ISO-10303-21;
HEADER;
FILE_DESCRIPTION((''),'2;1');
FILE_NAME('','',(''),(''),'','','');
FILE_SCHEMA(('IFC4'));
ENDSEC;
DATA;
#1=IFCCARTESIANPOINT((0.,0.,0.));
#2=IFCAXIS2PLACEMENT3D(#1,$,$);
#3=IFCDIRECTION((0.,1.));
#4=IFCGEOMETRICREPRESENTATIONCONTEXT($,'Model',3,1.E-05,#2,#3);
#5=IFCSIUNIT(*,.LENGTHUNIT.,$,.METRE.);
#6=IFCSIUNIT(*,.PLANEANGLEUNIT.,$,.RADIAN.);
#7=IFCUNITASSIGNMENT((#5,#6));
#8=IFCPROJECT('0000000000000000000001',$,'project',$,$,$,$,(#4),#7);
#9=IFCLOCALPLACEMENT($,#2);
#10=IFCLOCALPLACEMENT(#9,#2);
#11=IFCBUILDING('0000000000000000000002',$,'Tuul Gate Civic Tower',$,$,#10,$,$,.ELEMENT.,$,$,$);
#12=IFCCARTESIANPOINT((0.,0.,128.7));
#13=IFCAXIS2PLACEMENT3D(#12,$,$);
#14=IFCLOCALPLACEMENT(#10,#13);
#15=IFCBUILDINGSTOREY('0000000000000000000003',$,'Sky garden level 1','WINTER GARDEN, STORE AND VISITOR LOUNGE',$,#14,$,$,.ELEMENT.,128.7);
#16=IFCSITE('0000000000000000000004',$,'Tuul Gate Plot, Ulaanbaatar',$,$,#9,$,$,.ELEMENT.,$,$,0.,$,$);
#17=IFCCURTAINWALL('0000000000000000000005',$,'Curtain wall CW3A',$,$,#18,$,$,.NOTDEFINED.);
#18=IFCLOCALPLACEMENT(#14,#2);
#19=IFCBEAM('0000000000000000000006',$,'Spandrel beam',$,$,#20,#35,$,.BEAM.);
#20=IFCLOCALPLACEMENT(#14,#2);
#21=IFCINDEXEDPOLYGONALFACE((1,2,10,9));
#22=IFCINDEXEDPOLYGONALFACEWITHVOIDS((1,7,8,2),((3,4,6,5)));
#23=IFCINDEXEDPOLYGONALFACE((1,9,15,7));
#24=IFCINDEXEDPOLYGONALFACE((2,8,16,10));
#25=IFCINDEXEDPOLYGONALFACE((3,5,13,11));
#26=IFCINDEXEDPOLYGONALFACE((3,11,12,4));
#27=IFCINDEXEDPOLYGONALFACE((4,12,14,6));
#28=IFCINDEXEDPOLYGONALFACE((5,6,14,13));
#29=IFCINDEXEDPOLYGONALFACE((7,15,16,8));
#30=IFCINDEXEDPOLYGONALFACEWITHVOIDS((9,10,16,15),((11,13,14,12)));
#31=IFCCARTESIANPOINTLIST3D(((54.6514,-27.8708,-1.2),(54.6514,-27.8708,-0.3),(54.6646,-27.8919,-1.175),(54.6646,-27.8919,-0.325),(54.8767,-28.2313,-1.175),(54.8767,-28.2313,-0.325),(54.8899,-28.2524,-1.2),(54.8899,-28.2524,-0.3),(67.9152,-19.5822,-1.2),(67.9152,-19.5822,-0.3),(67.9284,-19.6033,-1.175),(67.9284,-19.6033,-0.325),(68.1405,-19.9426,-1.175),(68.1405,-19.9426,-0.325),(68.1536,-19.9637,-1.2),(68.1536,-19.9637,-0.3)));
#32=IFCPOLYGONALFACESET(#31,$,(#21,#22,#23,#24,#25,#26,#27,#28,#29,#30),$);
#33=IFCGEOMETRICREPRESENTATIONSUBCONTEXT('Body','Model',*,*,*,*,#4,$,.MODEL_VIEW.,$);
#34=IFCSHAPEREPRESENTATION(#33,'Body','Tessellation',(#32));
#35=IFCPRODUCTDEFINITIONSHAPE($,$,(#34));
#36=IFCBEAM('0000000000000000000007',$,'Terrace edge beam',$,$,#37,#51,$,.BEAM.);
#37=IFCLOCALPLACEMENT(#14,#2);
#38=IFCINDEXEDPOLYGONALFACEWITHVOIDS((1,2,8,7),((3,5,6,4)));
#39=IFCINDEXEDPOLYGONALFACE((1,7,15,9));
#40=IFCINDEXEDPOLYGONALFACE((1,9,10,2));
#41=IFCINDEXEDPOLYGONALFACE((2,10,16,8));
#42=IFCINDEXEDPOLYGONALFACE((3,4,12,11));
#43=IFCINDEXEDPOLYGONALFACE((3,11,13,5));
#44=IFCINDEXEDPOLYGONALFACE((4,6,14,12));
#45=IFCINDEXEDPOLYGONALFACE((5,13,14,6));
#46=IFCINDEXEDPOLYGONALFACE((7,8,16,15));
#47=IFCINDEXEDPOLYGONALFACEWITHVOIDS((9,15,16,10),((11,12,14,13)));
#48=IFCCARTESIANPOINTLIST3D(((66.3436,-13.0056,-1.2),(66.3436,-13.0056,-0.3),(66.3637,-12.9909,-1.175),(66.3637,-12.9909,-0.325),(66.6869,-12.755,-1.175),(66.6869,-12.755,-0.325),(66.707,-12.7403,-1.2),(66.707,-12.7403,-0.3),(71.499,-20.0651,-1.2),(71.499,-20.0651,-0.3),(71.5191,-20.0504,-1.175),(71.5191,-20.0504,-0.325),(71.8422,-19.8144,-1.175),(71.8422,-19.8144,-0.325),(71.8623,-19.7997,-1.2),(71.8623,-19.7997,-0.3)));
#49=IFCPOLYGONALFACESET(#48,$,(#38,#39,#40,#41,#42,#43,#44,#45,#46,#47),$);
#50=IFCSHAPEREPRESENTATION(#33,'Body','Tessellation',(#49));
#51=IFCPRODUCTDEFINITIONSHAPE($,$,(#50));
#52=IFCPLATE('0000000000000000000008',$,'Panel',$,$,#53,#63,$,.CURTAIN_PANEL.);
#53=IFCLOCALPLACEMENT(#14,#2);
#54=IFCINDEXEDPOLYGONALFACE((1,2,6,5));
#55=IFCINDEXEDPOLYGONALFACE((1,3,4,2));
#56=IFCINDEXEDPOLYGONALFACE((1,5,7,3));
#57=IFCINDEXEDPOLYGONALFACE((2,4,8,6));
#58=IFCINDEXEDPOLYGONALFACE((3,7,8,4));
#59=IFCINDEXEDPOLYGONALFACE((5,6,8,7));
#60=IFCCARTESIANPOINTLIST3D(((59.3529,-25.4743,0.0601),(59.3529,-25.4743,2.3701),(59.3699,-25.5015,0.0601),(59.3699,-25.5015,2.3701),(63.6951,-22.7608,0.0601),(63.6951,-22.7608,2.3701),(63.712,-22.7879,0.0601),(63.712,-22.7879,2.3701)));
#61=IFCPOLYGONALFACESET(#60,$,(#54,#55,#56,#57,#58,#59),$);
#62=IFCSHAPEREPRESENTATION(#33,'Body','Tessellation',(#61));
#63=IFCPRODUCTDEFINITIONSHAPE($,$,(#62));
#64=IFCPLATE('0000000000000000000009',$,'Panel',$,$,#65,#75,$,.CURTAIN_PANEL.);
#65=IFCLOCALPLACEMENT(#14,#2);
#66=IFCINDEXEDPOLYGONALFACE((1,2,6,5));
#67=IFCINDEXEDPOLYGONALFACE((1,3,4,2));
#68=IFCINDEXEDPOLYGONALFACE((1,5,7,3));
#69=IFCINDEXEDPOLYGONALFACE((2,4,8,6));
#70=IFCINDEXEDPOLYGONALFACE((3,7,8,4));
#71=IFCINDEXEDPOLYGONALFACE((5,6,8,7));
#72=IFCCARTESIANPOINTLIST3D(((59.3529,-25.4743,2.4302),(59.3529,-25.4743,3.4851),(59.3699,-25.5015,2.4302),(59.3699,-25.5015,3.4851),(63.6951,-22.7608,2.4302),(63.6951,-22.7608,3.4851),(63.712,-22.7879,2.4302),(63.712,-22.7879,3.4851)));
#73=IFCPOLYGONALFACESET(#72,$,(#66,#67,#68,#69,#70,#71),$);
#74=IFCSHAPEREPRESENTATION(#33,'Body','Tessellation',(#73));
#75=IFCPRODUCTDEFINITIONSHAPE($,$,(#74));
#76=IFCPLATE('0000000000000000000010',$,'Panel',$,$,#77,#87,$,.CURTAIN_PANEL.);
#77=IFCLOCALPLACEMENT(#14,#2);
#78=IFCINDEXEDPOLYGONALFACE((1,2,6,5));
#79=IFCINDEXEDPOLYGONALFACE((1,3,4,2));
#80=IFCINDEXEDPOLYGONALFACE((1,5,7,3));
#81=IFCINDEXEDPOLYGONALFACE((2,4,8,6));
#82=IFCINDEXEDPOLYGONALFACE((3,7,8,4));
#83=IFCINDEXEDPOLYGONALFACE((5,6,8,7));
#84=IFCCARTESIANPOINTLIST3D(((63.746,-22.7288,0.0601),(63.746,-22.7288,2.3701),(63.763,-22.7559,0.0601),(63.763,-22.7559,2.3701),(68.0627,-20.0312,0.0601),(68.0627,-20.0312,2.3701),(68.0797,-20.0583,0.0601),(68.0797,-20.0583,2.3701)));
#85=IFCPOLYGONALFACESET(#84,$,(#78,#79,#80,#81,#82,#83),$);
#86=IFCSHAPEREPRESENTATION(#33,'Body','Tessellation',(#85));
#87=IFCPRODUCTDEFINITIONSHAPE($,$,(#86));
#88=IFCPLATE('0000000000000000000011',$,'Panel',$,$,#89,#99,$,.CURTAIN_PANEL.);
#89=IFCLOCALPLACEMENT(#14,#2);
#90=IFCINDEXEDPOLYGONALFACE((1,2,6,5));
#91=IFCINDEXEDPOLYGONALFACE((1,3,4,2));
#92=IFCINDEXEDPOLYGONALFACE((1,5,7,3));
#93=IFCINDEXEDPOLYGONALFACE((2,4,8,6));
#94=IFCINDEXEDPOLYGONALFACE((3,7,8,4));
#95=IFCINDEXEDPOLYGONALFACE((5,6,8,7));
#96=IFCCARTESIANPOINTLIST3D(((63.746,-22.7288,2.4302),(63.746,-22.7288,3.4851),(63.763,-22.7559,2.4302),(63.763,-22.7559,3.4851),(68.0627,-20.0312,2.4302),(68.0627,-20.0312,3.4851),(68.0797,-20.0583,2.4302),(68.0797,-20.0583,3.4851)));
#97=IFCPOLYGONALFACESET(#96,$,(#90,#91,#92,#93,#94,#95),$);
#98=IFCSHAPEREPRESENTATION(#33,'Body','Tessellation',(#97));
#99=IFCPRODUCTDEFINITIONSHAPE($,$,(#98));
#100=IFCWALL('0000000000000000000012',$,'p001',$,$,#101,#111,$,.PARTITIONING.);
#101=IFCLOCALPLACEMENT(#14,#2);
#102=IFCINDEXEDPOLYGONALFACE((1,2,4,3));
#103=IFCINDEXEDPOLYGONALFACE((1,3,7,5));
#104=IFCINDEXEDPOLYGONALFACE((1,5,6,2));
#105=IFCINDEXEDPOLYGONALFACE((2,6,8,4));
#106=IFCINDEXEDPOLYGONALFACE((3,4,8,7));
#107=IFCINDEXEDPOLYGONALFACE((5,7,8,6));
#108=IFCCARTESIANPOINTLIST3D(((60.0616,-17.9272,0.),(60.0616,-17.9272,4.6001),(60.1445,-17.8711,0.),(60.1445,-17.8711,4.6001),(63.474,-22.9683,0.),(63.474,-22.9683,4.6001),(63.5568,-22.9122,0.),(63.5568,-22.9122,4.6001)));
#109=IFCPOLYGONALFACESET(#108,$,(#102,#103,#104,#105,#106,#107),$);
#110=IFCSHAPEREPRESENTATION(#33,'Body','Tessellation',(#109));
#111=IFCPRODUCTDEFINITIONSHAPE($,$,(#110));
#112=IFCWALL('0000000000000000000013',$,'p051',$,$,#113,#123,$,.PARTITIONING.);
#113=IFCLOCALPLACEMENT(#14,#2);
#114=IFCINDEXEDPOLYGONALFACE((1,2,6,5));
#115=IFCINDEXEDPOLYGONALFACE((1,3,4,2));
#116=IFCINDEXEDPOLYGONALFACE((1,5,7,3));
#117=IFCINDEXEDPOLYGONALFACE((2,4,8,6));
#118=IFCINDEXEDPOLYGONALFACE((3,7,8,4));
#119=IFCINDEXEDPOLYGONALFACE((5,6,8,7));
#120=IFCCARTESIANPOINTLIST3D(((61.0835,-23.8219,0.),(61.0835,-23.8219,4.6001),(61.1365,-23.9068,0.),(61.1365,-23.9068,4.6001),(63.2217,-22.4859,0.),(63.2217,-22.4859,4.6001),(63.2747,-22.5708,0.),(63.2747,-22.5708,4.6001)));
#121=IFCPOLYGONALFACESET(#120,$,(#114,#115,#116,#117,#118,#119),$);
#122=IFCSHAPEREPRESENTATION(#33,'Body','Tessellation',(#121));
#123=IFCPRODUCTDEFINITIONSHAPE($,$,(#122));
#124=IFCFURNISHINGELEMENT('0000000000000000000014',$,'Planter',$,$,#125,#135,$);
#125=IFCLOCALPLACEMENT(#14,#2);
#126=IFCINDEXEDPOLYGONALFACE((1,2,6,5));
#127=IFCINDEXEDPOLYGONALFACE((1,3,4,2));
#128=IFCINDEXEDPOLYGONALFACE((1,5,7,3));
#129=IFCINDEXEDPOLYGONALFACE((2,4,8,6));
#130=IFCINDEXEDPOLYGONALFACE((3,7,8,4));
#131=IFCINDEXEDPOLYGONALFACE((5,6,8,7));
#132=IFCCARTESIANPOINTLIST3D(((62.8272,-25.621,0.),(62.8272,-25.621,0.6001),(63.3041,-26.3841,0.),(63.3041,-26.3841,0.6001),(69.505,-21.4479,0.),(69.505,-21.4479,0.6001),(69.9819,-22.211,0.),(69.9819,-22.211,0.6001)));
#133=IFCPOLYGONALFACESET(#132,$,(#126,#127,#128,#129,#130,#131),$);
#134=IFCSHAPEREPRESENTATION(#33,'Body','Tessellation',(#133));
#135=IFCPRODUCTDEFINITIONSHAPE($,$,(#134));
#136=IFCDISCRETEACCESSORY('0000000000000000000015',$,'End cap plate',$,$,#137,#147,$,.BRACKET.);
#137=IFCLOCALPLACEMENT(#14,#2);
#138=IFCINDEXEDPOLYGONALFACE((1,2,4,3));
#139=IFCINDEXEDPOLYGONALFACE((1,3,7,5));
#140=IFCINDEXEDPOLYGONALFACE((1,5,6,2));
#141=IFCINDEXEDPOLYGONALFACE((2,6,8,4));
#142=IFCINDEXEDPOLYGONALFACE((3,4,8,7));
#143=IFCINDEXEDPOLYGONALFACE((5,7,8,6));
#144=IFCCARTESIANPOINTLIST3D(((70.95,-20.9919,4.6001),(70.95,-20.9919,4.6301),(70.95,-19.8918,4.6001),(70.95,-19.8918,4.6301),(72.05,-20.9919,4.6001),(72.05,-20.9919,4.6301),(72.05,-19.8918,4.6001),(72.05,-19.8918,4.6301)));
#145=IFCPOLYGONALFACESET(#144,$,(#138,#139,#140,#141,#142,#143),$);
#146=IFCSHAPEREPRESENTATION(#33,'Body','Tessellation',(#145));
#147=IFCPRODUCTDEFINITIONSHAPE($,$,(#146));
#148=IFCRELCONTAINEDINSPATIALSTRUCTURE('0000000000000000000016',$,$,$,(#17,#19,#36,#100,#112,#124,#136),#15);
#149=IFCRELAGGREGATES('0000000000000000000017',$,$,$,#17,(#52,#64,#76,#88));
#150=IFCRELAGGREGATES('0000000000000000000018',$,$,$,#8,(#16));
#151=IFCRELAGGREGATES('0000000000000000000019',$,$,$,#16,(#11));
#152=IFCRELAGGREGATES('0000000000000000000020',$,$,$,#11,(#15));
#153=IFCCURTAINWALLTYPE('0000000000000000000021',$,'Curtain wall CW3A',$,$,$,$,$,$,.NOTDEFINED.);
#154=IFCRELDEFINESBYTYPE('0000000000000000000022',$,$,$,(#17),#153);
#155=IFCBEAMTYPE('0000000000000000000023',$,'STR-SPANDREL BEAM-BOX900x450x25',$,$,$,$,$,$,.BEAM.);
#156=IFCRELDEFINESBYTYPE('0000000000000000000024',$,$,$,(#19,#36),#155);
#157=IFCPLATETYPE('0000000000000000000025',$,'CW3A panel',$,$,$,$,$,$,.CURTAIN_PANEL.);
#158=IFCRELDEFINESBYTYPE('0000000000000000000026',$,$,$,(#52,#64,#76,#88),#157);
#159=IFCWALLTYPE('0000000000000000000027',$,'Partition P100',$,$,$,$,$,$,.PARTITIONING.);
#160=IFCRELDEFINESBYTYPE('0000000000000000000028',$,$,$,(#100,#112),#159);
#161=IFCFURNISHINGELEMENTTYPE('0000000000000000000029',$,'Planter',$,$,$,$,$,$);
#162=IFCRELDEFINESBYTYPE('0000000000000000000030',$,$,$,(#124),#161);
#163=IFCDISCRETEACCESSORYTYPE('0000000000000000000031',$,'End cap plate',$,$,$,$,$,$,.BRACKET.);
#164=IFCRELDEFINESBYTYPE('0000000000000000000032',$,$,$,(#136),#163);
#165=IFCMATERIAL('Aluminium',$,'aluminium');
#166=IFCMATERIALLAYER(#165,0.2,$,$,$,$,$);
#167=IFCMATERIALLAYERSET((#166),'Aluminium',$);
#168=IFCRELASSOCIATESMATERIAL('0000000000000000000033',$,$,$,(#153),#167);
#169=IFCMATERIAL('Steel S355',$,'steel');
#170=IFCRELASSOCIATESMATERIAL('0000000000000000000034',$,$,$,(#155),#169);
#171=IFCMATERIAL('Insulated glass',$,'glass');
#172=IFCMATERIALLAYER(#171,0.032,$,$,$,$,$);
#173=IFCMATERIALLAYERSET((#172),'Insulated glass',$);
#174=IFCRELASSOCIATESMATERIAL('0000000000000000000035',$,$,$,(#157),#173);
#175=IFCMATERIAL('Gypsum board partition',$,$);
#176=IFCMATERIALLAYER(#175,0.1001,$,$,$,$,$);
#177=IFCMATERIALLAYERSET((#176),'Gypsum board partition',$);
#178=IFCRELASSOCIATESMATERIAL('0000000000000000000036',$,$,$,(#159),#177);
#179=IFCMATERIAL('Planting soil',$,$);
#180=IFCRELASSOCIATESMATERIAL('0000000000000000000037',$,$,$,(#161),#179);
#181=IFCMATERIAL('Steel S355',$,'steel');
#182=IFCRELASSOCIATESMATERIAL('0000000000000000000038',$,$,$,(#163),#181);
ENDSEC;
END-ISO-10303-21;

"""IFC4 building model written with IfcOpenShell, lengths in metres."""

from ifc_helpers import new_model, si_unit, direction, frame, frame_2d, origin, origin_2d, place, context, subcontext, project, spatial, rectangle, hollow_rectangle, extrude, material, layer, layer_set, material_profile, profile_set, type_object, element, aggregate, save


model = new_model("IFC4")

# Units and contexts
model_context = context("Model", 3, precision=1e-05, world=origin(), true_north=direction((0.0, 1.0)))
body_context = subcontext(model_context, "Body", "Model", "MODEL_VIEW")
ifc_project = project(units=[si_unit("LENGTHUNIT", "METRE"), si_unit("PLANEANGLEUNIT", "RADIAN")], contexts=[model_context])

# Site, building, storey
site_placement = place(None, origin())
site = spatial("IfcSite", under=ifc_project, at=site_placement, Name="Tuul Gate Plot, Ulaanbaatar", CompositionType="ELEMENT", RefElevation=0.0)
building_placement = place(site_placement, origin())
building = spatial("IfcBuilding", under=site, at=building_placement, Name="Tuul Gate Civic Tower", CompositionType="ELEMENT")
storey_placement = place(building_placement, frame((0.0, 0.0, 128.7)))
storey = spatial("IfcBuildingStorey", under=building, at=storey_placement, Name="Sky garden level 1", Description="WINTER GARDEN, STORE AND VISITOR LOUNGE", CompositionType="ELEMENT", Elevation=128.7)

# Curtain wall
ifc_material_1 = material(Name="Aluminium", Category="aluminium")
ifc_layer_1 = layer(ifc_material_1, 0.2)
ifc_layer_set_1 = layer_set([ifc_layer_1], Name="Aluminium")
curtain_wall_type = type_object("IfcCurtainWallType", Name="Curtain wall CW3A", PredefinedType="NOTDEFINED", material=ifc_layer_set_1)
curtain_wall_placement = place(storey_placement, origin())
curtain_wall = element("IfcCurtainWall", 1, at=curtain_wall_placement, inside=storey, type_object=curtain_wall_type, Name="Curtain wall CW3A", PredefinedType="NOTDEFINED")

# Beams
ifc_material_2 = material(Name="Steel S355", Category="steel")
ifc_material_profile_1 = material_profile(ifc_material_2, hollow_rectangle(XDim=0.45, YDim=0.8999, WallThickness=0.0249, at=origin_2d()), Name="BOX900x450x25")
ifc_profile_set_1 = profile_set([ifc_material_profile_1], Name="Steel S355")
beam_type_1 = type_object("IfcBeamType", Name="STR-SPANDREL BEAM-BOX900x450x25", PredefinedType="BEAM", material=ifc_profile_set_1)
beam_1_placement = place(storey_placement, frame((68.0344, -19.7729, -0.75), z_axis=(-0.848033, -0.529943, 0.0), x_axis=(0.529943, -0.848033, 0.0)))
element("IfcBeam", 2, at=beam_1_placement, inside=storey, type_object=beam_type_1, Name="Spandrel beam", PredefinedType="BEAM", context=body_context, shape_type="SweptSolid", body=[
    extrude(hollow_rectangle(XDim=0.45, YDim=0.8999, WallThickness=0.0249, at=origin_2d()), origin(), (0.0, 0.0, 1.0), 15.6406),
])
beam_2_placement = place(storey_placement, frame((71.6807, -19.9324, -0.75), z_axis=(-0.589758, 0.80758, 0.0), x_axis=(-0.80758, -0.589758, 0.0)))
element("IfcBeam", 3, at=beam_2_placement, inside=storey, type_object=beam_type_1, Name="Terrace edge beam", PredefinedType="BEAM", context=body_context, shape_type="SweptSolid", body=[
    extrude(hollow_rectangle(XDim=0.45, YDim=0.8999, WallThickness=0.0249, at=origin_2d()), origin(), (0.0, 0.0, 1.0), 8.7415),
])

# Plates
ifc_material_3 = material(Name="Insulated glass", Category="glass")
ifc_layer_2 = layer(ifc_material_3, 0.032)
ifc_layer_set_2 = layer_set([ifc_layer_2], Name="Insulated glass")
plate_type = type_object("IfcPlateType", Name="CW3A panel", PredefinedType="CURTAIN_PANEL", material=ifc_layer_set_2)
plate_1_placement = place(storey_placement, frame((61.5325, -24.1311, 0.0601), z_axis=(0.0, 0.0, 1.0), x_axis=(0.848024, 0.529958, 0.0)))
plate_1 = element("IfcPlate", 4, at=plate_1_placement, type_object=plate_type, Name="Panel", PredefinedType="CURTAIN_PANEL", context=body_context, shape_type="SweptSolid", body=[
    extrude(rectangle(XDim=5.1204, YDim=0.032, at=origin_2d()), origin(), (0.0, 0.0, 1.0), 2.3101),
])
plate_2_placement = place(storey_placement, frame((61.5325, -24.1311, 2.4302), z_axis=(0.0, 0.0, 1.0), x_axis=(0.848024, 0.529958, 0.0)))
plate_2 = element("IfcPlate", 5, at=plate_2_placement, type_object=plate_type, Name="Panel", PredefinedType="CURTAIN_PANEL", context=body_context, shape_type="SweptSolid", body=[
    extrude(rectangle(XDim=5.1204, YDim=0.032, at=origin_2d()), origin(), (0.0, 0.0, 1.0), 1.0549),
])
plate_3_placement = place(storey_placement, frame((65.9128, -21.3936, 0.0601), z_axis=(0.0, 0.0, 1.0), x_axis=(0.848024, 0.529958, 0.0)))
plate_3 = element("IfcPlate", 6, at=plate_3_placement, type_object=plate_type, Name="Panel", PredefinedType="CURTAIN_PANEL", context=body_context, shape_type="SweptSolid", body=[
    extrude(rectangle(XDim=5.0903, YDim=0.032, at=origin_2d()), origin(), (0.0, 0.0, 1.0), 2.3101),
])
plate_4_placement = place(storey_placement, frame((65.9128, -21.3936, 2.4302), z_axis=(0.0, 0.0, 1.0), x_axis=(0.848024, 0.529958, 0.0)))
plate_4 = element("IfcPlate", 7, at=plate_4_placement, type_object=plate_type, Name="Panel", PredefinedType="CURTAIN_PANEL", context=body_context, shape_type="SweptSolid", body=[
    extrude(rectangle(XDim=5.0903, YDim=0.032, at=origin_2d()), origin(), (0.0, 0.0, 1.0), 1.0549),
])
aggregate(curtain_wall, [plate_1, plate_2, plate_3, plate_4])

# Walls
ifc_material_4 = material(Name="Gypsum board partition")
ifc_layer_3 = layer(ifc_material_4, 0.1001)
ifc_layer_set_3 = layer_set([ifc_layer_3], Name="Gypsum board partition")
wall_type_1 = type_object("IfcWallType", Name="Partition P100", PredefinedType="PARTITIONING", material=ifc_layer_set_3)
wall_1_placement = place(storey_placement, frame((60.103, -17.8992, 0.0), z_axis=(0.0, 0.0, 1.0), x_axis=(0.560563, -0.828111, 0.0)))
element("IfcWall", 8, at=wall_1_placement, inside=storey, type_object=wall_type_1, Name="p001", PredefinedType="PARTITIONING", context=body_context, shape_type="SweptSolid", body=[
    extrude(rectangle(XDim=6.0874, YDim=0.1001, at=frame_2d((3.0437, 0.0))), origin(), (0.0, 0.0, 1.0), 4.6001),
])
wall_2_placement = place(storey_placement, frame((63.2483, -22.5283, 0.0), z_axis=(0.0, 0.0, 1.0), x_axis=(-0.848074, -0.529877, 0.0)))
element("IfcWall", 9, at=wall_2_placement, inside=storey, type_object=wall_type_1, Name="p051", PredefinedType="PARTITIONING", context=body_context, shape_type="SweptSolid", body=[
    extrude(rectangle(XDim=2.5212, YDim=0.1001, at=frame_2d((1.2607, 0.0))), origin(), (0.0, 0.0, 1.0), 4.6001),
])

# Furnishing element
ifc_material_5 = material(Name="Planting soil")
furnishing_element_type = type_object("IfcFurnishingElementType", Name="Planter", material=ifc_material_5)
furnishing_placement = place(storey_placement, frame((66.4045, -23.916, 0.0), z_axis=(0.0, 0.0, 1.0), x_axis=(0.848029, 0.52995, 0.0)))
element("IfcFurnishingElement", 10, at=furnishing_placement, inside=storey, type_object=furnishing_element_type, Name="Planter", context=body_context, shape_type="SweptSolid", body=[
    extrude(rectangle(XDim=7.8745, YDim=0.8999, at=origin_2d()), origin(), (0.0, 0.0, 1.0), 0.6001),
])

# Discrete accessory
ifc_material_6 = material(Name="Steel S355", Category="steel")
discrete_accessory_type = type_object("IfcDiscreteAccessoryType", Name="End cap plate", PredefinedType="BRACKET", material=ifc_material_6)
discrete_accessory_placement = place(storey_placement, frame((71.5, -20.4419, 4.6001), z_axis=(0.0, 0.0, 1.0), x_axis=(1.0, 0.0, 0.0)))
element("IfcDiscreteAccessory", 11, at=discrete_accessory_placement, inside=storey, type_object=discrete_accessory_type, Name="End cap plate", PredefinedType="BRACKET", context=body_context, shape_type="SweptSolid", body=[
    extrude(rectangle(XDim=1.1001, YDim=1.1001, at=origin_2d()), origin(), (0.0, 0.0, 1.0), 0.03),
])

save(model, "model.ifc")
